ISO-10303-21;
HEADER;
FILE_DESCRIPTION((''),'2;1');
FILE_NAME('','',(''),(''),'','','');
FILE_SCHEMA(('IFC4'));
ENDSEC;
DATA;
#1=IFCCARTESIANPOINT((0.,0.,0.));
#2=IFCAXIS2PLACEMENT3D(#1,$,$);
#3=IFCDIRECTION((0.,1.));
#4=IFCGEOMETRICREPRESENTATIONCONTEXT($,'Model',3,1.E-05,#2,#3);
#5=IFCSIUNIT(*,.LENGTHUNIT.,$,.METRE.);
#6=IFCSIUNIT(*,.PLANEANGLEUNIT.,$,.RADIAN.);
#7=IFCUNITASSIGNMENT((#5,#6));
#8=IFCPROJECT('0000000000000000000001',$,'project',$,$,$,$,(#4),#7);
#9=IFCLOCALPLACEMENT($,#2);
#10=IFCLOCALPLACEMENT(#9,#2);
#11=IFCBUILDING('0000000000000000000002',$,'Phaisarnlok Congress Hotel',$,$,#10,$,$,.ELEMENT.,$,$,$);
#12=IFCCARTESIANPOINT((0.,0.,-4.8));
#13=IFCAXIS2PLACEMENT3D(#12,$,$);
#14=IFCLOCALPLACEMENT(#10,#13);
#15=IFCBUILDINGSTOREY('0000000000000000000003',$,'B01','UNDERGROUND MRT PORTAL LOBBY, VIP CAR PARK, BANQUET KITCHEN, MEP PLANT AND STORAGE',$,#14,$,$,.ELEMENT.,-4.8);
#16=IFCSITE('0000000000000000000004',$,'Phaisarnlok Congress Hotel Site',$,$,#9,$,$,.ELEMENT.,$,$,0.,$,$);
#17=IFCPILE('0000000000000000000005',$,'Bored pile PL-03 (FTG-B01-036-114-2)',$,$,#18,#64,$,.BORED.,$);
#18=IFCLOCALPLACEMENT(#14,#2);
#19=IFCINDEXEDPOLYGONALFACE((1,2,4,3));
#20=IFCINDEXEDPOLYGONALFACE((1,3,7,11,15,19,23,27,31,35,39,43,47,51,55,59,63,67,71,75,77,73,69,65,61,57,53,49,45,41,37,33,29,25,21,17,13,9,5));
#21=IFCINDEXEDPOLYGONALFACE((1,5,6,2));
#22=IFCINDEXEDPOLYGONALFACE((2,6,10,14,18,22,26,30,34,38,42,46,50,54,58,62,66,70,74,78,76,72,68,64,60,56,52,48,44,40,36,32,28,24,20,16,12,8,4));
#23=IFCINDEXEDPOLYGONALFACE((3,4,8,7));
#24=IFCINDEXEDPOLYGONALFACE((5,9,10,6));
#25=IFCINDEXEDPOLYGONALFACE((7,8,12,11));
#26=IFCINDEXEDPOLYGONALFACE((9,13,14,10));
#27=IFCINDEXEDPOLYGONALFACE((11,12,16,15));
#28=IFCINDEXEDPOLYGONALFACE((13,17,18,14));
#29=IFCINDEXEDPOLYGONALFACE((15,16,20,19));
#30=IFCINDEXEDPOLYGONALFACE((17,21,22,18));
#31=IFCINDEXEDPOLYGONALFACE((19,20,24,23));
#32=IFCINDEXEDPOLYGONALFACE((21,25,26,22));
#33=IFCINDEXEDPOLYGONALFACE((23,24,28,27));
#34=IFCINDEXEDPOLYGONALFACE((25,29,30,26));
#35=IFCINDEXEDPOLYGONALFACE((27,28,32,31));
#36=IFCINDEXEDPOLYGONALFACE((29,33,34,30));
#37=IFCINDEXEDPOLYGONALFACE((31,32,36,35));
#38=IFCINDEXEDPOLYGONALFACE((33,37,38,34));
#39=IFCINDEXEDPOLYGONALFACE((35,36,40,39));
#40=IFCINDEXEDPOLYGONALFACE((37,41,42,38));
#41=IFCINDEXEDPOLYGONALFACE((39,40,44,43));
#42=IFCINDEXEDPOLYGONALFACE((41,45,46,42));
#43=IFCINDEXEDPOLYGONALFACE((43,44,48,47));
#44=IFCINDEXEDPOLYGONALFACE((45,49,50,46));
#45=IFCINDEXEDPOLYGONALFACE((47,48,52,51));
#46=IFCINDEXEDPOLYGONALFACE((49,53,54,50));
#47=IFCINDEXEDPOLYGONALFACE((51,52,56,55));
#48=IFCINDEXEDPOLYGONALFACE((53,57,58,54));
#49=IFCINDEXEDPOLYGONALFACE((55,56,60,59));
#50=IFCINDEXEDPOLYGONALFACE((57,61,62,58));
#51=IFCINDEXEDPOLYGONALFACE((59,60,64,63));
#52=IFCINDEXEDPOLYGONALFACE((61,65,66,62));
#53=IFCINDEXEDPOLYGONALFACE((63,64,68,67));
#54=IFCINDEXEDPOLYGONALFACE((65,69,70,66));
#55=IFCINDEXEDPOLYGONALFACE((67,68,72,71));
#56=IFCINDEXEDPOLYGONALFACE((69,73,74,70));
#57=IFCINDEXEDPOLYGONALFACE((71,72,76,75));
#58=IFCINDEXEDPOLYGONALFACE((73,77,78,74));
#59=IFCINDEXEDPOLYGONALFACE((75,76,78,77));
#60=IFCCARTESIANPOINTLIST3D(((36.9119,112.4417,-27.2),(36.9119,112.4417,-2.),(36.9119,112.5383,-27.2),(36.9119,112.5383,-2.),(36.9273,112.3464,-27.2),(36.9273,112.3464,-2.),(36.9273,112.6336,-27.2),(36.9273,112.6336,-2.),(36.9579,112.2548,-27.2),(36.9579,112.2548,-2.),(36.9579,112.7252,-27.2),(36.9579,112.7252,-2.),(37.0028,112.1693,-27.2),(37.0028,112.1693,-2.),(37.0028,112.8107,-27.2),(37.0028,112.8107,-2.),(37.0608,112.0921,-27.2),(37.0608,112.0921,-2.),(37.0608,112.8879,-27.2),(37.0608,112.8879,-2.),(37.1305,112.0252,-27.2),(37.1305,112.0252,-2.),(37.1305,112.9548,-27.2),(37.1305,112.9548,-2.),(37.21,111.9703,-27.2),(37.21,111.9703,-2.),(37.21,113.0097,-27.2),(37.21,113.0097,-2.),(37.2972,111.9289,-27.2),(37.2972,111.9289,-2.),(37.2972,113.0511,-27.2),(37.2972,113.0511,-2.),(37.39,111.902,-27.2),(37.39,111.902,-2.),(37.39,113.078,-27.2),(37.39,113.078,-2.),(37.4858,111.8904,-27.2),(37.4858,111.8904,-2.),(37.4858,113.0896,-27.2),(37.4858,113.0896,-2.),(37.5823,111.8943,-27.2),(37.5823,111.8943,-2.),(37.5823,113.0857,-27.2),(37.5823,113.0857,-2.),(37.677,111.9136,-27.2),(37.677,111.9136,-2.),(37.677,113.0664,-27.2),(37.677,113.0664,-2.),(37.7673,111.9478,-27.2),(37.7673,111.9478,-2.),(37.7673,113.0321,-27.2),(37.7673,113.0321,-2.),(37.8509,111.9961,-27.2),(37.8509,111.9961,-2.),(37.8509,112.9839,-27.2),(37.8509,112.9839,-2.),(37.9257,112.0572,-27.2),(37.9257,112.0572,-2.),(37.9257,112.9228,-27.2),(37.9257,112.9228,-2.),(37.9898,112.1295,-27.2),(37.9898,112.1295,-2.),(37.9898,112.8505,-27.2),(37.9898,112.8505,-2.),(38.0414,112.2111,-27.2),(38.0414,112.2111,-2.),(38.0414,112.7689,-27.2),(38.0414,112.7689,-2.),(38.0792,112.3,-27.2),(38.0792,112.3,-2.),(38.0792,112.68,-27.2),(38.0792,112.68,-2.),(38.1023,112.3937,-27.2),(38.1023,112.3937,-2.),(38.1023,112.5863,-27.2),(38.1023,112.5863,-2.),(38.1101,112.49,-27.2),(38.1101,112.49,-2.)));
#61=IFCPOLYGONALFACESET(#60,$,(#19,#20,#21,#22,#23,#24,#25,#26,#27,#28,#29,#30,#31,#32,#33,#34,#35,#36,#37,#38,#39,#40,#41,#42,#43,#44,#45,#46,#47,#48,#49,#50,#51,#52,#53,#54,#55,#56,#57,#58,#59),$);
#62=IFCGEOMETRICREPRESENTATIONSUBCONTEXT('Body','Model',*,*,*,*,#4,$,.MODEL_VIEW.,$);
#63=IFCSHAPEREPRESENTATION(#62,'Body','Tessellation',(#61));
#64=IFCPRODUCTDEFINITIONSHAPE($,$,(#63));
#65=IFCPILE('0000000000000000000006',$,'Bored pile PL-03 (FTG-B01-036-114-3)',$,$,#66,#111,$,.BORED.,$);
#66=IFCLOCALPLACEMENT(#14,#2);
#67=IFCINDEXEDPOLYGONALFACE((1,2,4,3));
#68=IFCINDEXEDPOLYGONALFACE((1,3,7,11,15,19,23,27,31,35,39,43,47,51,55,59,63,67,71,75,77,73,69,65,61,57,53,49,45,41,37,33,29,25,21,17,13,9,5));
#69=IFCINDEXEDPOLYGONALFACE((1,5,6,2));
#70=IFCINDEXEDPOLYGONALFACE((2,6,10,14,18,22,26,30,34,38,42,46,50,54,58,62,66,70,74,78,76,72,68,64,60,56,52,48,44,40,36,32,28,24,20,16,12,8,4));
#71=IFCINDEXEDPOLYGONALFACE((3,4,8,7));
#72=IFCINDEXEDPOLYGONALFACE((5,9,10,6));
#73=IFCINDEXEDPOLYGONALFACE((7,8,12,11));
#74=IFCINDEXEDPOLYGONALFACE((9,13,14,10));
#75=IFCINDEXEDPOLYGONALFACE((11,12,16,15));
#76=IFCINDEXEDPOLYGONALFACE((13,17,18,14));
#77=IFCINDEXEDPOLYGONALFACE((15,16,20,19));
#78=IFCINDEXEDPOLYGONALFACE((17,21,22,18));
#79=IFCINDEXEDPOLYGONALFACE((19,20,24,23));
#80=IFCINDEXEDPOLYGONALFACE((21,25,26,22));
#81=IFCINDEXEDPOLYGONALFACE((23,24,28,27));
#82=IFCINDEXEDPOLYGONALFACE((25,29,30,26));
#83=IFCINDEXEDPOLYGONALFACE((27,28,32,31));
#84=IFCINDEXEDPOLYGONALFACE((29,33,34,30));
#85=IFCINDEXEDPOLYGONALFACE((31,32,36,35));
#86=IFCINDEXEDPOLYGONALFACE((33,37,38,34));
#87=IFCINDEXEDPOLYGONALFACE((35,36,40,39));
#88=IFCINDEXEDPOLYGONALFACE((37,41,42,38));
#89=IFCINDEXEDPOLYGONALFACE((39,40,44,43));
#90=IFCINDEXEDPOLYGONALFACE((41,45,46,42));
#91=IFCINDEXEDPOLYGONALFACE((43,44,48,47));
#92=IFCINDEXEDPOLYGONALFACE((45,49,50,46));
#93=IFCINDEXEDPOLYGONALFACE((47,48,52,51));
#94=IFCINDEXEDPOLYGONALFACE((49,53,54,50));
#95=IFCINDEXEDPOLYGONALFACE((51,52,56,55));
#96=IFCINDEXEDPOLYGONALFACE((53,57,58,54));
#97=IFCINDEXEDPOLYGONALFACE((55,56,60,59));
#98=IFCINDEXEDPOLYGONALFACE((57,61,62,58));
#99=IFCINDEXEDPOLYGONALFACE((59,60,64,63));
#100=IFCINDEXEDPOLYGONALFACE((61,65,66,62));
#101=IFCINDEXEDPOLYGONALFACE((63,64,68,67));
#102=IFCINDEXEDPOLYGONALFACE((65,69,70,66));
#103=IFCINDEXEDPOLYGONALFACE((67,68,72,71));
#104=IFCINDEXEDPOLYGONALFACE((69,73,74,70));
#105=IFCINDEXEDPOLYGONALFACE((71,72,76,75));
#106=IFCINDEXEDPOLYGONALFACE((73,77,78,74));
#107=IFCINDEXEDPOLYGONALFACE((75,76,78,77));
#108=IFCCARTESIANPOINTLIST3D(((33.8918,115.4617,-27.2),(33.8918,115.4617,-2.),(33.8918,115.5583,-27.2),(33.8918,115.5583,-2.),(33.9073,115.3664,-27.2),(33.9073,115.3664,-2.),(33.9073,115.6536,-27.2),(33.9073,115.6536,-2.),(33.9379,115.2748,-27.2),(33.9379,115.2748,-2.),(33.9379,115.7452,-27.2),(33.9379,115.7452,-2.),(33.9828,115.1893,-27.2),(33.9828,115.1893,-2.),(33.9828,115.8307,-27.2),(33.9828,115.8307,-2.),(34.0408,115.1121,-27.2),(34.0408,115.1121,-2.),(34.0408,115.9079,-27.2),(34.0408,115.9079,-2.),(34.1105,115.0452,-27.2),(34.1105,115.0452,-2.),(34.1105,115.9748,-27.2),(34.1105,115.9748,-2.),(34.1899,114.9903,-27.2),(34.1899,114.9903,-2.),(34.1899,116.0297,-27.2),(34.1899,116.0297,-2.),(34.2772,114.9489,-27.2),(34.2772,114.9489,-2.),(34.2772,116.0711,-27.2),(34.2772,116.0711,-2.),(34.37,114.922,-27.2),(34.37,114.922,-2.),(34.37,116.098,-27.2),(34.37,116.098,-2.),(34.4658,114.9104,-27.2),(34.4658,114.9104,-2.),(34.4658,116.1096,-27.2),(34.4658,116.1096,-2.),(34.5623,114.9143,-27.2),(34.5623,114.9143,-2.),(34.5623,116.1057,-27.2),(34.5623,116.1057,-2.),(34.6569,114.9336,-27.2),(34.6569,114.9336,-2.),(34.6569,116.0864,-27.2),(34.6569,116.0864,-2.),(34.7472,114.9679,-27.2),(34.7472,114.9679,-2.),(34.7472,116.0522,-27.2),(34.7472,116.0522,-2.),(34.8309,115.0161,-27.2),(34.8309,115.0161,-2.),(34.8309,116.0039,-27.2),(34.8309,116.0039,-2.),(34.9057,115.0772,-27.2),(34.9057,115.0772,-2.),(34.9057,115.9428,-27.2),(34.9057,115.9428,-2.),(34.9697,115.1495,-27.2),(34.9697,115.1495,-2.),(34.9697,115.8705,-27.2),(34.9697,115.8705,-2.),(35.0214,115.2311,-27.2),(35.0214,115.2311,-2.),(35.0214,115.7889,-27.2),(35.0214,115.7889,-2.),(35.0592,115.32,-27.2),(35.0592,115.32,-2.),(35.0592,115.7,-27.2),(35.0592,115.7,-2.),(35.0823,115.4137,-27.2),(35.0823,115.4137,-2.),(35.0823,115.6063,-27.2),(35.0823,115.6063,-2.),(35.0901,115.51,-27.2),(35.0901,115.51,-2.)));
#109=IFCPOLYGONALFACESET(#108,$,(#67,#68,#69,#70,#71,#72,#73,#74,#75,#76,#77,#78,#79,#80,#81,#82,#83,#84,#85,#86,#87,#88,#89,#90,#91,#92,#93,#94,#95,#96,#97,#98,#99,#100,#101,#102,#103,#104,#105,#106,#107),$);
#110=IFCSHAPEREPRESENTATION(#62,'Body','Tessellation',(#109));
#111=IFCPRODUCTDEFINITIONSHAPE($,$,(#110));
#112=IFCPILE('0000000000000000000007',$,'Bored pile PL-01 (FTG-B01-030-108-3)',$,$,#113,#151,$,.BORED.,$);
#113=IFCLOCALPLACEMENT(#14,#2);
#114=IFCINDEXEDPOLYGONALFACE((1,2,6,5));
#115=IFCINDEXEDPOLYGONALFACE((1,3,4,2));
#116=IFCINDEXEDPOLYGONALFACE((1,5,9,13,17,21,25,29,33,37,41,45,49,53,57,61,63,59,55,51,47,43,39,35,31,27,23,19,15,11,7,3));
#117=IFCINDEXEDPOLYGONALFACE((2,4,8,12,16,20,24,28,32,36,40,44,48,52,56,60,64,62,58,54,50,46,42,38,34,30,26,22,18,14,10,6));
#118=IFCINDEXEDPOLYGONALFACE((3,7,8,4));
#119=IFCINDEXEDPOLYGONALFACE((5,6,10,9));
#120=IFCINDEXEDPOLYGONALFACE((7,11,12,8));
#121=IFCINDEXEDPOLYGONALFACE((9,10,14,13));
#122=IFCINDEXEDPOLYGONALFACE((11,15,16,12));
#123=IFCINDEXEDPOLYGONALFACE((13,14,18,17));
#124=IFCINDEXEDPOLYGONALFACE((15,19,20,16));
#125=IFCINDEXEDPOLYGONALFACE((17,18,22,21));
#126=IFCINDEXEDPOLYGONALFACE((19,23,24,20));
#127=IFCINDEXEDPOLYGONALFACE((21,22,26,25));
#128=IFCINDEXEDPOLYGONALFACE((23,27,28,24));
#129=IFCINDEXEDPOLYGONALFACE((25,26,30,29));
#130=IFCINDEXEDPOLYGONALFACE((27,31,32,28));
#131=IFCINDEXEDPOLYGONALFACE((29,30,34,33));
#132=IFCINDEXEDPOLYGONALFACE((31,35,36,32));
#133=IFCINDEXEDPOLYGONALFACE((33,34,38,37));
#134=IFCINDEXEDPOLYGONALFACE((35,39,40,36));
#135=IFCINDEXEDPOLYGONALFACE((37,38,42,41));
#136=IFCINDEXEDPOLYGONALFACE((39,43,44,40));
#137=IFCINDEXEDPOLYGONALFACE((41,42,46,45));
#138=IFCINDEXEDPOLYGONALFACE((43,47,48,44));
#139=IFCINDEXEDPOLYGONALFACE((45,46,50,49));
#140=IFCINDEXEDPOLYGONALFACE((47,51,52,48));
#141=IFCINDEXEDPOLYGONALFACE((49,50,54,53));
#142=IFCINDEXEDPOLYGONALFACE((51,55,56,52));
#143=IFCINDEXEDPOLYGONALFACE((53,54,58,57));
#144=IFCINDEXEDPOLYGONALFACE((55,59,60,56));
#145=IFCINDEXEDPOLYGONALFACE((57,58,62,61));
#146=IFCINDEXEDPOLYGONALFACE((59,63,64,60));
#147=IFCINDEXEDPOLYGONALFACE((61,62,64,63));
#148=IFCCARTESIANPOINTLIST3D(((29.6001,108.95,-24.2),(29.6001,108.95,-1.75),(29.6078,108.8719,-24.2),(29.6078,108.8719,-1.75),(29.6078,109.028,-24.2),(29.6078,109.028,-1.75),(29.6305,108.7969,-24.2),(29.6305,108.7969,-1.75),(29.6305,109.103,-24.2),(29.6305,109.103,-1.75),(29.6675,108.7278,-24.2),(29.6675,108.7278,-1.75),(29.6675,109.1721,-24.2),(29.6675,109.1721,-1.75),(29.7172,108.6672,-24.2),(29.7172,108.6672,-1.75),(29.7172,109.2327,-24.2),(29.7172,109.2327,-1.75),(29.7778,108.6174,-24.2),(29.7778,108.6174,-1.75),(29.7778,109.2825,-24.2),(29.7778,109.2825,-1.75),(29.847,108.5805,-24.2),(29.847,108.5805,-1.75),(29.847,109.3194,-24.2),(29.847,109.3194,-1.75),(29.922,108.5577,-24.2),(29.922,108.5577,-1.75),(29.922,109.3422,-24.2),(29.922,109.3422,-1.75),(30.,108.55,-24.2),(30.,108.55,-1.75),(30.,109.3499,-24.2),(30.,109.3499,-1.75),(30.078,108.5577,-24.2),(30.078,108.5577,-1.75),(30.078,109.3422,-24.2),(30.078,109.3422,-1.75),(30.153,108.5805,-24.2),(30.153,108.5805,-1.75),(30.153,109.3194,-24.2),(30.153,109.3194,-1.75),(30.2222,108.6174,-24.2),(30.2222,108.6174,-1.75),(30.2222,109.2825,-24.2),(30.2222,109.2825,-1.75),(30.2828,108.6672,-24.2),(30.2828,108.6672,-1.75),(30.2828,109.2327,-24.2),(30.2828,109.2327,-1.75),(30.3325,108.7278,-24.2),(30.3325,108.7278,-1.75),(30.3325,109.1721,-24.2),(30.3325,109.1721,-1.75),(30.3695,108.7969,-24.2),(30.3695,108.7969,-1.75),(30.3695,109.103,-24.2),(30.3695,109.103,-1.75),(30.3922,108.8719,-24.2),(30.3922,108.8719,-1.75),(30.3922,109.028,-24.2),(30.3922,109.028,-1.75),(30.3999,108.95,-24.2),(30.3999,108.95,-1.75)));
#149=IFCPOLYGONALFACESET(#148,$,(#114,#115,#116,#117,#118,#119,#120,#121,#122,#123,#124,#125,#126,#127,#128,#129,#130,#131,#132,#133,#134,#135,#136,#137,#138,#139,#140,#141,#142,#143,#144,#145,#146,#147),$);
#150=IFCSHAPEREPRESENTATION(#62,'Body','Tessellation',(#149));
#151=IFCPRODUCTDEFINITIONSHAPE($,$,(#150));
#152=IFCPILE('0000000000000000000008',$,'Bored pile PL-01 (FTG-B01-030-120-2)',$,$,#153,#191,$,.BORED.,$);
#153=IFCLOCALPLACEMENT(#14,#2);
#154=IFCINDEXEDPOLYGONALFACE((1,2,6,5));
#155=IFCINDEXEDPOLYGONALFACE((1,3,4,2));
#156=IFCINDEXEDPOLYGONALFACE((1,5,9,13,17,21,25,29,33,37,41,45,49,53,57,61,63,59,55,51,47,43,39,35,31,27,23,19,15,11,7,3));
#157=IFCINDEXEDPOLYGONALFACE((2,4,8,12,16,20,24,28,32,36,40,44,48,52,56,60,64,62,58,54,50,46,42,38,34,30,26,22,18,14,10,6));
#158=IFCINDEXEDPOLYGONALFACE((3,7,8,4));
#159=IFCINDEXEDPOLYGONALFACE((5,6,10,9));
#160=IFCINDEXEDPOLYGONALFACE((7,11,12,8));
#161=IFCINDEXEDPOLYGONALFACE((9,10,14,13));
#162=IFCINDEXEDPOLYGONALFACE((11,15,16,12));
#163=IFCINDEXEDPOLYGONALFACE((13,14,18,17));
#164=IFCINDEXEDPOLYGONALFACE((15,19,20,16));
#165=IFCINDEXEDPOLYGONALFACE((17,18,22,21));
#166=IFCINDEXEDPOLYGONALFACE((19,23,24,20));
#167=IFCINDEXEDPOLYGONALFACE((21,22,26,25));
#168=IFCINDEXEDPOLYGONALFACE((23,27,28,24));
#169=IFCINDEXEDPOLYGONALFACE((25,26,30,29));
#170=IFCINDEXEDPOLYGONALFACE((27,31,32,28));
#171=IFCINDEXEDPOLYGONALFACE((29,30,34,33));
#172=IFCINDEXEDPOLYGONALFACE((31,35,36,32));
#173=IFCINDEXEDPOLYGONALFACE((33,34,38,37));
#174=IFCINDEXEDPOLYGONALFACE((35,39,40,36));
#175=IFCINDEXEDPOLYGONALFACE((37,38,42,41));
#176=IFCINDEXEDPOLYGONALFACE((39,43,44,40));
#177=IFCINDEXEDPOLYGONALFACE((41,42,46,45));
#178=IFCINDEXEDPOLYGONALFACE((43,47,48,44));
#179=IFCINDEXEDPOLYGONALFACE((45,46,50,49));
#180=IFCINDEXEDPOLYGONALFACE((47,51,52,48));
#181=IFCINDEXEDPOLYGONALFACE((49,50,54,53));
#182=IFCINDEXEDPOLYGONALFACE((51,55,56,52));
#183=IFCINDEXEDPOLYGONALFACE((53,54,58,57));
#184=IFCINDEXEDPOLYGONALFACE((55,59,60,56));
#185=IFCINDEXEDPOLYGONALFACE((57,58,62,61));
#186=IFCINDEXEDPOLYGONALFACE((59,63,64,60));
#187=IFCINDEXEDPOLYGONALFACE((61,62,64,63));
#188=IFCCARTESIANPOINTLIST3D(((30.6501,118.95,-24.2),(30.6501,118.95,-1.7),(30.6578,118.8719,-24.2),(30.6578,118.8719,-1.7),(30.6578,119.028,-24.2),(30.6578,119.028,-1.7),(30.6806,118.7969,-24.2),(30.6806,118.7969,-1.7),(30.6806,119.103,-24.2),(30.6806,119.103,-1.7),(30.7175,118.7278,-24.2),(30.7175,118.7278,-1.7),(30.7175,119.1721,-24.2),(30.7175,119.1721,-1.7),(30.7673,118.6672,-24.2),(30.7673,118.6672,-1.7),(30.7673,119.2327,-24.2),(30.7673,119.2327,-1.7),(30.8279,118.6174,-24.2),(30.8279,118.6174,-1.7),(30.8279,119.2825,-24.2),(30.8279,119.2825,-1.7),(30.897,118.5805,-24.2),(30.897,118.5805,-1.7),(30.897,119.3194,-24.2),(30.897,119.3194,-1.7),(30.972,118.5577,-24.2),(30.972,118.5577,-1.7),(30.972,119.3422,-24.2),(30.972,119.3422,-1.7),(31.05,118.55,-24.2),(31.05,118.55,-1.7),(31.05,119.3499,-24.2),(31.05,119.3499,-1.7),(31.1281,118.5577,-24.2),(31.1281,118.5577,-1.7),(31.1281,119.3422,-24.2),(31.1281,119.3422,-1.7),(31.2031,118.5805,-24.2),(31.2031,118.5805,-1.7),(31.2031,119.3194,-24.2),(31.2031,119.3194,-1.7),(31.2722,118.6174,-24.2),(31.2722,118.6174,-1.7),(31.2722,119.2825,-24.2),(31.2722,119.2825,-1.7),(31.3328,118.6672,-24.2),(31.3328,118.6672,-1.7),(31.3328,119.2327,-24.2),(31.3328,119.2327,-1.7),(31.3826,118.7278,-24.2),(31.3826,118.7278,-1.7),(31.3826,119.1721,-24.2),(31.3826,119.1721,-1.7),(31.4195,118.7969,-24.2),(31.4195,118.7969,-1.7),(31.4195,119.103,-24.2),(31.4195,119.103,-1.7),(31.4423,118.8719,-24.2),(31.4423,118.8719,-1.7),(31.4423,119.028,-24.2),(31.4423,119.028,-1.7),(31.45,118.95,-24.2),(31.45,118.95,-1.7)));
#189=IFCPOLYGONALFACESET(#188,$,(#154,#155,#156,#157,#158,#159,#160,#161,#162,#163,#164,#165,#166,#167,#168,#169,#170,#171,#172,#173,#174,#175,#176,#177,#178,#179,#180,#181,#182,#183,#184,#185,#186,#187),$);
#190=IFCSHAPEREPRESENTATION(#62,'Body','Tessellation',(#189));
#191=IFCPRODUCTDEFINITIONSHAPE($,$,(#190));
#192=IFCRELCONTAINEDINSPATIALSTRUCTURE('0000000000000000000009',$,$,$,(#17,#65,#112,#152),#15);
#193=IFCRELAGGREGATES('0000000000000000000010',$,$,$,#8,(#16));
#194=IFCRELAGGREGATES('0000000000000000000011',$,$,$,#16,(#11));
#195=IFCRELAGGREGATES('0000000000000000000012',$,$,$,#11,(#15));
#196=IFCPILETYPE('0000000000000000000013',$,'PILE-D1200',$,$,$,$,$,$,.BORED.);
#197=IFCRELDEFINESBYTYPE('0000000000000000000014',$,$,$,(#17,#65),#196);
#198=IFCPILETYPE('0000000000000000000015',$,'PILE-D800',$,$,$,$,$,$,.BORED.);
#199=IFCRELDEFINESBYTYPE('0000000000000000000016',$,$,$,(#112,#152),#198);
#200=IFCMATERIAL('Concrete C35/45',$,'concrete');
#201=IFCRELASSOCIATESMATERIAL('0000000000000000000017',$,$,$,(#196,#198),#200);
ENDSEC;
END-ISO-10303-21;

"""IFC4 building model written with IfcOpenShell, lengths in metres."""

from ifc_helpers import new_model, si_unit, direction, frame, origin, origin_2d, place, context, subcontext, project, spatial, circle, extrude, material, material_profile, profile_set, type_object, element, save


model = new_model("IFC4")

# Units and contexts
model_context = context("Model", 3, precision=1e-05, world=origin(), true_north=direction((0.0, 1.0)))
body_context = subcontext(model_context, "Body", "Model", "MODEL_VIEW")
ifc_project = project(units=[si_unit("LENGTHUNIT", "METRE"), si_unit("PLANEANGLEUNIT", "RADIAN")], contexts=[model_context])

# Site, building, storey
site_placement = place(None, origin())
site = spatial("IfcSite", under=ifc_project, at=site_placement, Name="Phaisarnlok Congress Hotel Site", CompositionType="ELEMENT", RefElevation=0.0)
building_placement = place(site_placement, origin())
building = spatial("IfcBuilding", under=site, at=building_placement, Name="Phaisarnlok Congress Hotel", CompositionType="ELEMENT")
storey_placement = place(building_placement, frame((0.0, 0.0, -4.8)))
storey = spatial("IfcBuildingStorey", under=building, at=storey_placement, Name="B01", Description="UNDERGROUND MRT PORTAL LOBBY, VIP CAR PARK, BANQUET KITCHEN, MEP PLANT AND STORAGE", CompositionType="ELEMENT", Elevation=-4.8)

# Piles
ifc_material_1 = material(Name="Concrete C35/45", Category="concrete")
ifc_material_profile_1 = material_profile(ifc_material_1, circle(Radius=0.6001, at=origin_2d()), Name="BORED PILE D1200")
ifc_profile_set_1 = profile_set([ifc_material_profile_1], Name="Concrete C35/45")
pile_type_1 = type_object("IfcPileType", Name="PILE-D1200", PredefinedType="BORED", material=ifc_profile_set_1)
for number, where, z_axis, x_axis, name in (
    (1, (37.51, 112.49, -2.0), (0.0, 0.0, -1.0), (1.0, 0.0, 0.0), "Bored pile PL-03 (FTG-B01-036-114-2)"),
    (2, (34.49, 115.51, -2.0), (0.0, 0.0, -1.0), (1.0, 0.0, 0.0), "Bored pile PL-03 (FTG-B01-036-114-3)"),
):
    element("IfcPile", number, at=place(storey_placement, frame(where, z_axis=z_axis, x_axis=x_axis)), inside=storey, type_object=pile_type_1, Name=name, PredefinedType="BORED", context=body_context, shape_type="SweptSolid", body=[
        extrude(circle(Radius=0.6001, at=origin_2d()), origin(), (0.0, 0.0, 1.0), 25.2),
    ])
ifc_material_profile_2 = material_profile(ifc_material_1, circle(Radius=0.3999, at=origin_2d()), Name="BORED PILE D800")
ifc_profile_set_2 = profile_set([ifc_material_profile_2], Name="Concrete C35/45")
pile_type_2 = type_object("IfcPileType", Name="PILE-D800", PredefinedType="BORED", material=ifc_profile_set_2)
pile_placement = place(storey_placement, frame((30.0, 108.95, -1.75), z_axis=(0.0, 0.0, -1.0), x_axis=(1.0, 0.0, 0.0)))
element("IfcPile", 3, at=pile_placement, inside=storey, type_object=pile_type_2, Name="Bored pile PL-01 (FTG-B01-030-108-3)", PredefinedType="BORED", context=body_context, shape_type="SweptSolid", body=[
    extrude(circle(Radius=0.3999, at=origin_2d()), origin(), (0.0, 0.0, 1.0), 22.45),
])
for number, where, z_axis, x_axis, name in (
    (4, (31.05, 118.95, -1.7), (0.0, 0.0, -1.0), (1.0, 0.0, 0.0), "Bored pile PL-01 (FTG-B01-030-120-2)"),
):
    element("IfcPile", number, at=place(storey_placement, frame(where, z_axis=z_axis, x_axis=x_axis)), inside=storey, type_object=pile_type_2, Name=name, PredefinedType="BORED", context=body_context, shape_type="SweptSolid", body=[
        extrude(circle(Radius=0.3999, at=origin_2d()), origin(), (0.0, 0.0, 1.0), 22.5),
    ])

save(model, "model.ifc")
